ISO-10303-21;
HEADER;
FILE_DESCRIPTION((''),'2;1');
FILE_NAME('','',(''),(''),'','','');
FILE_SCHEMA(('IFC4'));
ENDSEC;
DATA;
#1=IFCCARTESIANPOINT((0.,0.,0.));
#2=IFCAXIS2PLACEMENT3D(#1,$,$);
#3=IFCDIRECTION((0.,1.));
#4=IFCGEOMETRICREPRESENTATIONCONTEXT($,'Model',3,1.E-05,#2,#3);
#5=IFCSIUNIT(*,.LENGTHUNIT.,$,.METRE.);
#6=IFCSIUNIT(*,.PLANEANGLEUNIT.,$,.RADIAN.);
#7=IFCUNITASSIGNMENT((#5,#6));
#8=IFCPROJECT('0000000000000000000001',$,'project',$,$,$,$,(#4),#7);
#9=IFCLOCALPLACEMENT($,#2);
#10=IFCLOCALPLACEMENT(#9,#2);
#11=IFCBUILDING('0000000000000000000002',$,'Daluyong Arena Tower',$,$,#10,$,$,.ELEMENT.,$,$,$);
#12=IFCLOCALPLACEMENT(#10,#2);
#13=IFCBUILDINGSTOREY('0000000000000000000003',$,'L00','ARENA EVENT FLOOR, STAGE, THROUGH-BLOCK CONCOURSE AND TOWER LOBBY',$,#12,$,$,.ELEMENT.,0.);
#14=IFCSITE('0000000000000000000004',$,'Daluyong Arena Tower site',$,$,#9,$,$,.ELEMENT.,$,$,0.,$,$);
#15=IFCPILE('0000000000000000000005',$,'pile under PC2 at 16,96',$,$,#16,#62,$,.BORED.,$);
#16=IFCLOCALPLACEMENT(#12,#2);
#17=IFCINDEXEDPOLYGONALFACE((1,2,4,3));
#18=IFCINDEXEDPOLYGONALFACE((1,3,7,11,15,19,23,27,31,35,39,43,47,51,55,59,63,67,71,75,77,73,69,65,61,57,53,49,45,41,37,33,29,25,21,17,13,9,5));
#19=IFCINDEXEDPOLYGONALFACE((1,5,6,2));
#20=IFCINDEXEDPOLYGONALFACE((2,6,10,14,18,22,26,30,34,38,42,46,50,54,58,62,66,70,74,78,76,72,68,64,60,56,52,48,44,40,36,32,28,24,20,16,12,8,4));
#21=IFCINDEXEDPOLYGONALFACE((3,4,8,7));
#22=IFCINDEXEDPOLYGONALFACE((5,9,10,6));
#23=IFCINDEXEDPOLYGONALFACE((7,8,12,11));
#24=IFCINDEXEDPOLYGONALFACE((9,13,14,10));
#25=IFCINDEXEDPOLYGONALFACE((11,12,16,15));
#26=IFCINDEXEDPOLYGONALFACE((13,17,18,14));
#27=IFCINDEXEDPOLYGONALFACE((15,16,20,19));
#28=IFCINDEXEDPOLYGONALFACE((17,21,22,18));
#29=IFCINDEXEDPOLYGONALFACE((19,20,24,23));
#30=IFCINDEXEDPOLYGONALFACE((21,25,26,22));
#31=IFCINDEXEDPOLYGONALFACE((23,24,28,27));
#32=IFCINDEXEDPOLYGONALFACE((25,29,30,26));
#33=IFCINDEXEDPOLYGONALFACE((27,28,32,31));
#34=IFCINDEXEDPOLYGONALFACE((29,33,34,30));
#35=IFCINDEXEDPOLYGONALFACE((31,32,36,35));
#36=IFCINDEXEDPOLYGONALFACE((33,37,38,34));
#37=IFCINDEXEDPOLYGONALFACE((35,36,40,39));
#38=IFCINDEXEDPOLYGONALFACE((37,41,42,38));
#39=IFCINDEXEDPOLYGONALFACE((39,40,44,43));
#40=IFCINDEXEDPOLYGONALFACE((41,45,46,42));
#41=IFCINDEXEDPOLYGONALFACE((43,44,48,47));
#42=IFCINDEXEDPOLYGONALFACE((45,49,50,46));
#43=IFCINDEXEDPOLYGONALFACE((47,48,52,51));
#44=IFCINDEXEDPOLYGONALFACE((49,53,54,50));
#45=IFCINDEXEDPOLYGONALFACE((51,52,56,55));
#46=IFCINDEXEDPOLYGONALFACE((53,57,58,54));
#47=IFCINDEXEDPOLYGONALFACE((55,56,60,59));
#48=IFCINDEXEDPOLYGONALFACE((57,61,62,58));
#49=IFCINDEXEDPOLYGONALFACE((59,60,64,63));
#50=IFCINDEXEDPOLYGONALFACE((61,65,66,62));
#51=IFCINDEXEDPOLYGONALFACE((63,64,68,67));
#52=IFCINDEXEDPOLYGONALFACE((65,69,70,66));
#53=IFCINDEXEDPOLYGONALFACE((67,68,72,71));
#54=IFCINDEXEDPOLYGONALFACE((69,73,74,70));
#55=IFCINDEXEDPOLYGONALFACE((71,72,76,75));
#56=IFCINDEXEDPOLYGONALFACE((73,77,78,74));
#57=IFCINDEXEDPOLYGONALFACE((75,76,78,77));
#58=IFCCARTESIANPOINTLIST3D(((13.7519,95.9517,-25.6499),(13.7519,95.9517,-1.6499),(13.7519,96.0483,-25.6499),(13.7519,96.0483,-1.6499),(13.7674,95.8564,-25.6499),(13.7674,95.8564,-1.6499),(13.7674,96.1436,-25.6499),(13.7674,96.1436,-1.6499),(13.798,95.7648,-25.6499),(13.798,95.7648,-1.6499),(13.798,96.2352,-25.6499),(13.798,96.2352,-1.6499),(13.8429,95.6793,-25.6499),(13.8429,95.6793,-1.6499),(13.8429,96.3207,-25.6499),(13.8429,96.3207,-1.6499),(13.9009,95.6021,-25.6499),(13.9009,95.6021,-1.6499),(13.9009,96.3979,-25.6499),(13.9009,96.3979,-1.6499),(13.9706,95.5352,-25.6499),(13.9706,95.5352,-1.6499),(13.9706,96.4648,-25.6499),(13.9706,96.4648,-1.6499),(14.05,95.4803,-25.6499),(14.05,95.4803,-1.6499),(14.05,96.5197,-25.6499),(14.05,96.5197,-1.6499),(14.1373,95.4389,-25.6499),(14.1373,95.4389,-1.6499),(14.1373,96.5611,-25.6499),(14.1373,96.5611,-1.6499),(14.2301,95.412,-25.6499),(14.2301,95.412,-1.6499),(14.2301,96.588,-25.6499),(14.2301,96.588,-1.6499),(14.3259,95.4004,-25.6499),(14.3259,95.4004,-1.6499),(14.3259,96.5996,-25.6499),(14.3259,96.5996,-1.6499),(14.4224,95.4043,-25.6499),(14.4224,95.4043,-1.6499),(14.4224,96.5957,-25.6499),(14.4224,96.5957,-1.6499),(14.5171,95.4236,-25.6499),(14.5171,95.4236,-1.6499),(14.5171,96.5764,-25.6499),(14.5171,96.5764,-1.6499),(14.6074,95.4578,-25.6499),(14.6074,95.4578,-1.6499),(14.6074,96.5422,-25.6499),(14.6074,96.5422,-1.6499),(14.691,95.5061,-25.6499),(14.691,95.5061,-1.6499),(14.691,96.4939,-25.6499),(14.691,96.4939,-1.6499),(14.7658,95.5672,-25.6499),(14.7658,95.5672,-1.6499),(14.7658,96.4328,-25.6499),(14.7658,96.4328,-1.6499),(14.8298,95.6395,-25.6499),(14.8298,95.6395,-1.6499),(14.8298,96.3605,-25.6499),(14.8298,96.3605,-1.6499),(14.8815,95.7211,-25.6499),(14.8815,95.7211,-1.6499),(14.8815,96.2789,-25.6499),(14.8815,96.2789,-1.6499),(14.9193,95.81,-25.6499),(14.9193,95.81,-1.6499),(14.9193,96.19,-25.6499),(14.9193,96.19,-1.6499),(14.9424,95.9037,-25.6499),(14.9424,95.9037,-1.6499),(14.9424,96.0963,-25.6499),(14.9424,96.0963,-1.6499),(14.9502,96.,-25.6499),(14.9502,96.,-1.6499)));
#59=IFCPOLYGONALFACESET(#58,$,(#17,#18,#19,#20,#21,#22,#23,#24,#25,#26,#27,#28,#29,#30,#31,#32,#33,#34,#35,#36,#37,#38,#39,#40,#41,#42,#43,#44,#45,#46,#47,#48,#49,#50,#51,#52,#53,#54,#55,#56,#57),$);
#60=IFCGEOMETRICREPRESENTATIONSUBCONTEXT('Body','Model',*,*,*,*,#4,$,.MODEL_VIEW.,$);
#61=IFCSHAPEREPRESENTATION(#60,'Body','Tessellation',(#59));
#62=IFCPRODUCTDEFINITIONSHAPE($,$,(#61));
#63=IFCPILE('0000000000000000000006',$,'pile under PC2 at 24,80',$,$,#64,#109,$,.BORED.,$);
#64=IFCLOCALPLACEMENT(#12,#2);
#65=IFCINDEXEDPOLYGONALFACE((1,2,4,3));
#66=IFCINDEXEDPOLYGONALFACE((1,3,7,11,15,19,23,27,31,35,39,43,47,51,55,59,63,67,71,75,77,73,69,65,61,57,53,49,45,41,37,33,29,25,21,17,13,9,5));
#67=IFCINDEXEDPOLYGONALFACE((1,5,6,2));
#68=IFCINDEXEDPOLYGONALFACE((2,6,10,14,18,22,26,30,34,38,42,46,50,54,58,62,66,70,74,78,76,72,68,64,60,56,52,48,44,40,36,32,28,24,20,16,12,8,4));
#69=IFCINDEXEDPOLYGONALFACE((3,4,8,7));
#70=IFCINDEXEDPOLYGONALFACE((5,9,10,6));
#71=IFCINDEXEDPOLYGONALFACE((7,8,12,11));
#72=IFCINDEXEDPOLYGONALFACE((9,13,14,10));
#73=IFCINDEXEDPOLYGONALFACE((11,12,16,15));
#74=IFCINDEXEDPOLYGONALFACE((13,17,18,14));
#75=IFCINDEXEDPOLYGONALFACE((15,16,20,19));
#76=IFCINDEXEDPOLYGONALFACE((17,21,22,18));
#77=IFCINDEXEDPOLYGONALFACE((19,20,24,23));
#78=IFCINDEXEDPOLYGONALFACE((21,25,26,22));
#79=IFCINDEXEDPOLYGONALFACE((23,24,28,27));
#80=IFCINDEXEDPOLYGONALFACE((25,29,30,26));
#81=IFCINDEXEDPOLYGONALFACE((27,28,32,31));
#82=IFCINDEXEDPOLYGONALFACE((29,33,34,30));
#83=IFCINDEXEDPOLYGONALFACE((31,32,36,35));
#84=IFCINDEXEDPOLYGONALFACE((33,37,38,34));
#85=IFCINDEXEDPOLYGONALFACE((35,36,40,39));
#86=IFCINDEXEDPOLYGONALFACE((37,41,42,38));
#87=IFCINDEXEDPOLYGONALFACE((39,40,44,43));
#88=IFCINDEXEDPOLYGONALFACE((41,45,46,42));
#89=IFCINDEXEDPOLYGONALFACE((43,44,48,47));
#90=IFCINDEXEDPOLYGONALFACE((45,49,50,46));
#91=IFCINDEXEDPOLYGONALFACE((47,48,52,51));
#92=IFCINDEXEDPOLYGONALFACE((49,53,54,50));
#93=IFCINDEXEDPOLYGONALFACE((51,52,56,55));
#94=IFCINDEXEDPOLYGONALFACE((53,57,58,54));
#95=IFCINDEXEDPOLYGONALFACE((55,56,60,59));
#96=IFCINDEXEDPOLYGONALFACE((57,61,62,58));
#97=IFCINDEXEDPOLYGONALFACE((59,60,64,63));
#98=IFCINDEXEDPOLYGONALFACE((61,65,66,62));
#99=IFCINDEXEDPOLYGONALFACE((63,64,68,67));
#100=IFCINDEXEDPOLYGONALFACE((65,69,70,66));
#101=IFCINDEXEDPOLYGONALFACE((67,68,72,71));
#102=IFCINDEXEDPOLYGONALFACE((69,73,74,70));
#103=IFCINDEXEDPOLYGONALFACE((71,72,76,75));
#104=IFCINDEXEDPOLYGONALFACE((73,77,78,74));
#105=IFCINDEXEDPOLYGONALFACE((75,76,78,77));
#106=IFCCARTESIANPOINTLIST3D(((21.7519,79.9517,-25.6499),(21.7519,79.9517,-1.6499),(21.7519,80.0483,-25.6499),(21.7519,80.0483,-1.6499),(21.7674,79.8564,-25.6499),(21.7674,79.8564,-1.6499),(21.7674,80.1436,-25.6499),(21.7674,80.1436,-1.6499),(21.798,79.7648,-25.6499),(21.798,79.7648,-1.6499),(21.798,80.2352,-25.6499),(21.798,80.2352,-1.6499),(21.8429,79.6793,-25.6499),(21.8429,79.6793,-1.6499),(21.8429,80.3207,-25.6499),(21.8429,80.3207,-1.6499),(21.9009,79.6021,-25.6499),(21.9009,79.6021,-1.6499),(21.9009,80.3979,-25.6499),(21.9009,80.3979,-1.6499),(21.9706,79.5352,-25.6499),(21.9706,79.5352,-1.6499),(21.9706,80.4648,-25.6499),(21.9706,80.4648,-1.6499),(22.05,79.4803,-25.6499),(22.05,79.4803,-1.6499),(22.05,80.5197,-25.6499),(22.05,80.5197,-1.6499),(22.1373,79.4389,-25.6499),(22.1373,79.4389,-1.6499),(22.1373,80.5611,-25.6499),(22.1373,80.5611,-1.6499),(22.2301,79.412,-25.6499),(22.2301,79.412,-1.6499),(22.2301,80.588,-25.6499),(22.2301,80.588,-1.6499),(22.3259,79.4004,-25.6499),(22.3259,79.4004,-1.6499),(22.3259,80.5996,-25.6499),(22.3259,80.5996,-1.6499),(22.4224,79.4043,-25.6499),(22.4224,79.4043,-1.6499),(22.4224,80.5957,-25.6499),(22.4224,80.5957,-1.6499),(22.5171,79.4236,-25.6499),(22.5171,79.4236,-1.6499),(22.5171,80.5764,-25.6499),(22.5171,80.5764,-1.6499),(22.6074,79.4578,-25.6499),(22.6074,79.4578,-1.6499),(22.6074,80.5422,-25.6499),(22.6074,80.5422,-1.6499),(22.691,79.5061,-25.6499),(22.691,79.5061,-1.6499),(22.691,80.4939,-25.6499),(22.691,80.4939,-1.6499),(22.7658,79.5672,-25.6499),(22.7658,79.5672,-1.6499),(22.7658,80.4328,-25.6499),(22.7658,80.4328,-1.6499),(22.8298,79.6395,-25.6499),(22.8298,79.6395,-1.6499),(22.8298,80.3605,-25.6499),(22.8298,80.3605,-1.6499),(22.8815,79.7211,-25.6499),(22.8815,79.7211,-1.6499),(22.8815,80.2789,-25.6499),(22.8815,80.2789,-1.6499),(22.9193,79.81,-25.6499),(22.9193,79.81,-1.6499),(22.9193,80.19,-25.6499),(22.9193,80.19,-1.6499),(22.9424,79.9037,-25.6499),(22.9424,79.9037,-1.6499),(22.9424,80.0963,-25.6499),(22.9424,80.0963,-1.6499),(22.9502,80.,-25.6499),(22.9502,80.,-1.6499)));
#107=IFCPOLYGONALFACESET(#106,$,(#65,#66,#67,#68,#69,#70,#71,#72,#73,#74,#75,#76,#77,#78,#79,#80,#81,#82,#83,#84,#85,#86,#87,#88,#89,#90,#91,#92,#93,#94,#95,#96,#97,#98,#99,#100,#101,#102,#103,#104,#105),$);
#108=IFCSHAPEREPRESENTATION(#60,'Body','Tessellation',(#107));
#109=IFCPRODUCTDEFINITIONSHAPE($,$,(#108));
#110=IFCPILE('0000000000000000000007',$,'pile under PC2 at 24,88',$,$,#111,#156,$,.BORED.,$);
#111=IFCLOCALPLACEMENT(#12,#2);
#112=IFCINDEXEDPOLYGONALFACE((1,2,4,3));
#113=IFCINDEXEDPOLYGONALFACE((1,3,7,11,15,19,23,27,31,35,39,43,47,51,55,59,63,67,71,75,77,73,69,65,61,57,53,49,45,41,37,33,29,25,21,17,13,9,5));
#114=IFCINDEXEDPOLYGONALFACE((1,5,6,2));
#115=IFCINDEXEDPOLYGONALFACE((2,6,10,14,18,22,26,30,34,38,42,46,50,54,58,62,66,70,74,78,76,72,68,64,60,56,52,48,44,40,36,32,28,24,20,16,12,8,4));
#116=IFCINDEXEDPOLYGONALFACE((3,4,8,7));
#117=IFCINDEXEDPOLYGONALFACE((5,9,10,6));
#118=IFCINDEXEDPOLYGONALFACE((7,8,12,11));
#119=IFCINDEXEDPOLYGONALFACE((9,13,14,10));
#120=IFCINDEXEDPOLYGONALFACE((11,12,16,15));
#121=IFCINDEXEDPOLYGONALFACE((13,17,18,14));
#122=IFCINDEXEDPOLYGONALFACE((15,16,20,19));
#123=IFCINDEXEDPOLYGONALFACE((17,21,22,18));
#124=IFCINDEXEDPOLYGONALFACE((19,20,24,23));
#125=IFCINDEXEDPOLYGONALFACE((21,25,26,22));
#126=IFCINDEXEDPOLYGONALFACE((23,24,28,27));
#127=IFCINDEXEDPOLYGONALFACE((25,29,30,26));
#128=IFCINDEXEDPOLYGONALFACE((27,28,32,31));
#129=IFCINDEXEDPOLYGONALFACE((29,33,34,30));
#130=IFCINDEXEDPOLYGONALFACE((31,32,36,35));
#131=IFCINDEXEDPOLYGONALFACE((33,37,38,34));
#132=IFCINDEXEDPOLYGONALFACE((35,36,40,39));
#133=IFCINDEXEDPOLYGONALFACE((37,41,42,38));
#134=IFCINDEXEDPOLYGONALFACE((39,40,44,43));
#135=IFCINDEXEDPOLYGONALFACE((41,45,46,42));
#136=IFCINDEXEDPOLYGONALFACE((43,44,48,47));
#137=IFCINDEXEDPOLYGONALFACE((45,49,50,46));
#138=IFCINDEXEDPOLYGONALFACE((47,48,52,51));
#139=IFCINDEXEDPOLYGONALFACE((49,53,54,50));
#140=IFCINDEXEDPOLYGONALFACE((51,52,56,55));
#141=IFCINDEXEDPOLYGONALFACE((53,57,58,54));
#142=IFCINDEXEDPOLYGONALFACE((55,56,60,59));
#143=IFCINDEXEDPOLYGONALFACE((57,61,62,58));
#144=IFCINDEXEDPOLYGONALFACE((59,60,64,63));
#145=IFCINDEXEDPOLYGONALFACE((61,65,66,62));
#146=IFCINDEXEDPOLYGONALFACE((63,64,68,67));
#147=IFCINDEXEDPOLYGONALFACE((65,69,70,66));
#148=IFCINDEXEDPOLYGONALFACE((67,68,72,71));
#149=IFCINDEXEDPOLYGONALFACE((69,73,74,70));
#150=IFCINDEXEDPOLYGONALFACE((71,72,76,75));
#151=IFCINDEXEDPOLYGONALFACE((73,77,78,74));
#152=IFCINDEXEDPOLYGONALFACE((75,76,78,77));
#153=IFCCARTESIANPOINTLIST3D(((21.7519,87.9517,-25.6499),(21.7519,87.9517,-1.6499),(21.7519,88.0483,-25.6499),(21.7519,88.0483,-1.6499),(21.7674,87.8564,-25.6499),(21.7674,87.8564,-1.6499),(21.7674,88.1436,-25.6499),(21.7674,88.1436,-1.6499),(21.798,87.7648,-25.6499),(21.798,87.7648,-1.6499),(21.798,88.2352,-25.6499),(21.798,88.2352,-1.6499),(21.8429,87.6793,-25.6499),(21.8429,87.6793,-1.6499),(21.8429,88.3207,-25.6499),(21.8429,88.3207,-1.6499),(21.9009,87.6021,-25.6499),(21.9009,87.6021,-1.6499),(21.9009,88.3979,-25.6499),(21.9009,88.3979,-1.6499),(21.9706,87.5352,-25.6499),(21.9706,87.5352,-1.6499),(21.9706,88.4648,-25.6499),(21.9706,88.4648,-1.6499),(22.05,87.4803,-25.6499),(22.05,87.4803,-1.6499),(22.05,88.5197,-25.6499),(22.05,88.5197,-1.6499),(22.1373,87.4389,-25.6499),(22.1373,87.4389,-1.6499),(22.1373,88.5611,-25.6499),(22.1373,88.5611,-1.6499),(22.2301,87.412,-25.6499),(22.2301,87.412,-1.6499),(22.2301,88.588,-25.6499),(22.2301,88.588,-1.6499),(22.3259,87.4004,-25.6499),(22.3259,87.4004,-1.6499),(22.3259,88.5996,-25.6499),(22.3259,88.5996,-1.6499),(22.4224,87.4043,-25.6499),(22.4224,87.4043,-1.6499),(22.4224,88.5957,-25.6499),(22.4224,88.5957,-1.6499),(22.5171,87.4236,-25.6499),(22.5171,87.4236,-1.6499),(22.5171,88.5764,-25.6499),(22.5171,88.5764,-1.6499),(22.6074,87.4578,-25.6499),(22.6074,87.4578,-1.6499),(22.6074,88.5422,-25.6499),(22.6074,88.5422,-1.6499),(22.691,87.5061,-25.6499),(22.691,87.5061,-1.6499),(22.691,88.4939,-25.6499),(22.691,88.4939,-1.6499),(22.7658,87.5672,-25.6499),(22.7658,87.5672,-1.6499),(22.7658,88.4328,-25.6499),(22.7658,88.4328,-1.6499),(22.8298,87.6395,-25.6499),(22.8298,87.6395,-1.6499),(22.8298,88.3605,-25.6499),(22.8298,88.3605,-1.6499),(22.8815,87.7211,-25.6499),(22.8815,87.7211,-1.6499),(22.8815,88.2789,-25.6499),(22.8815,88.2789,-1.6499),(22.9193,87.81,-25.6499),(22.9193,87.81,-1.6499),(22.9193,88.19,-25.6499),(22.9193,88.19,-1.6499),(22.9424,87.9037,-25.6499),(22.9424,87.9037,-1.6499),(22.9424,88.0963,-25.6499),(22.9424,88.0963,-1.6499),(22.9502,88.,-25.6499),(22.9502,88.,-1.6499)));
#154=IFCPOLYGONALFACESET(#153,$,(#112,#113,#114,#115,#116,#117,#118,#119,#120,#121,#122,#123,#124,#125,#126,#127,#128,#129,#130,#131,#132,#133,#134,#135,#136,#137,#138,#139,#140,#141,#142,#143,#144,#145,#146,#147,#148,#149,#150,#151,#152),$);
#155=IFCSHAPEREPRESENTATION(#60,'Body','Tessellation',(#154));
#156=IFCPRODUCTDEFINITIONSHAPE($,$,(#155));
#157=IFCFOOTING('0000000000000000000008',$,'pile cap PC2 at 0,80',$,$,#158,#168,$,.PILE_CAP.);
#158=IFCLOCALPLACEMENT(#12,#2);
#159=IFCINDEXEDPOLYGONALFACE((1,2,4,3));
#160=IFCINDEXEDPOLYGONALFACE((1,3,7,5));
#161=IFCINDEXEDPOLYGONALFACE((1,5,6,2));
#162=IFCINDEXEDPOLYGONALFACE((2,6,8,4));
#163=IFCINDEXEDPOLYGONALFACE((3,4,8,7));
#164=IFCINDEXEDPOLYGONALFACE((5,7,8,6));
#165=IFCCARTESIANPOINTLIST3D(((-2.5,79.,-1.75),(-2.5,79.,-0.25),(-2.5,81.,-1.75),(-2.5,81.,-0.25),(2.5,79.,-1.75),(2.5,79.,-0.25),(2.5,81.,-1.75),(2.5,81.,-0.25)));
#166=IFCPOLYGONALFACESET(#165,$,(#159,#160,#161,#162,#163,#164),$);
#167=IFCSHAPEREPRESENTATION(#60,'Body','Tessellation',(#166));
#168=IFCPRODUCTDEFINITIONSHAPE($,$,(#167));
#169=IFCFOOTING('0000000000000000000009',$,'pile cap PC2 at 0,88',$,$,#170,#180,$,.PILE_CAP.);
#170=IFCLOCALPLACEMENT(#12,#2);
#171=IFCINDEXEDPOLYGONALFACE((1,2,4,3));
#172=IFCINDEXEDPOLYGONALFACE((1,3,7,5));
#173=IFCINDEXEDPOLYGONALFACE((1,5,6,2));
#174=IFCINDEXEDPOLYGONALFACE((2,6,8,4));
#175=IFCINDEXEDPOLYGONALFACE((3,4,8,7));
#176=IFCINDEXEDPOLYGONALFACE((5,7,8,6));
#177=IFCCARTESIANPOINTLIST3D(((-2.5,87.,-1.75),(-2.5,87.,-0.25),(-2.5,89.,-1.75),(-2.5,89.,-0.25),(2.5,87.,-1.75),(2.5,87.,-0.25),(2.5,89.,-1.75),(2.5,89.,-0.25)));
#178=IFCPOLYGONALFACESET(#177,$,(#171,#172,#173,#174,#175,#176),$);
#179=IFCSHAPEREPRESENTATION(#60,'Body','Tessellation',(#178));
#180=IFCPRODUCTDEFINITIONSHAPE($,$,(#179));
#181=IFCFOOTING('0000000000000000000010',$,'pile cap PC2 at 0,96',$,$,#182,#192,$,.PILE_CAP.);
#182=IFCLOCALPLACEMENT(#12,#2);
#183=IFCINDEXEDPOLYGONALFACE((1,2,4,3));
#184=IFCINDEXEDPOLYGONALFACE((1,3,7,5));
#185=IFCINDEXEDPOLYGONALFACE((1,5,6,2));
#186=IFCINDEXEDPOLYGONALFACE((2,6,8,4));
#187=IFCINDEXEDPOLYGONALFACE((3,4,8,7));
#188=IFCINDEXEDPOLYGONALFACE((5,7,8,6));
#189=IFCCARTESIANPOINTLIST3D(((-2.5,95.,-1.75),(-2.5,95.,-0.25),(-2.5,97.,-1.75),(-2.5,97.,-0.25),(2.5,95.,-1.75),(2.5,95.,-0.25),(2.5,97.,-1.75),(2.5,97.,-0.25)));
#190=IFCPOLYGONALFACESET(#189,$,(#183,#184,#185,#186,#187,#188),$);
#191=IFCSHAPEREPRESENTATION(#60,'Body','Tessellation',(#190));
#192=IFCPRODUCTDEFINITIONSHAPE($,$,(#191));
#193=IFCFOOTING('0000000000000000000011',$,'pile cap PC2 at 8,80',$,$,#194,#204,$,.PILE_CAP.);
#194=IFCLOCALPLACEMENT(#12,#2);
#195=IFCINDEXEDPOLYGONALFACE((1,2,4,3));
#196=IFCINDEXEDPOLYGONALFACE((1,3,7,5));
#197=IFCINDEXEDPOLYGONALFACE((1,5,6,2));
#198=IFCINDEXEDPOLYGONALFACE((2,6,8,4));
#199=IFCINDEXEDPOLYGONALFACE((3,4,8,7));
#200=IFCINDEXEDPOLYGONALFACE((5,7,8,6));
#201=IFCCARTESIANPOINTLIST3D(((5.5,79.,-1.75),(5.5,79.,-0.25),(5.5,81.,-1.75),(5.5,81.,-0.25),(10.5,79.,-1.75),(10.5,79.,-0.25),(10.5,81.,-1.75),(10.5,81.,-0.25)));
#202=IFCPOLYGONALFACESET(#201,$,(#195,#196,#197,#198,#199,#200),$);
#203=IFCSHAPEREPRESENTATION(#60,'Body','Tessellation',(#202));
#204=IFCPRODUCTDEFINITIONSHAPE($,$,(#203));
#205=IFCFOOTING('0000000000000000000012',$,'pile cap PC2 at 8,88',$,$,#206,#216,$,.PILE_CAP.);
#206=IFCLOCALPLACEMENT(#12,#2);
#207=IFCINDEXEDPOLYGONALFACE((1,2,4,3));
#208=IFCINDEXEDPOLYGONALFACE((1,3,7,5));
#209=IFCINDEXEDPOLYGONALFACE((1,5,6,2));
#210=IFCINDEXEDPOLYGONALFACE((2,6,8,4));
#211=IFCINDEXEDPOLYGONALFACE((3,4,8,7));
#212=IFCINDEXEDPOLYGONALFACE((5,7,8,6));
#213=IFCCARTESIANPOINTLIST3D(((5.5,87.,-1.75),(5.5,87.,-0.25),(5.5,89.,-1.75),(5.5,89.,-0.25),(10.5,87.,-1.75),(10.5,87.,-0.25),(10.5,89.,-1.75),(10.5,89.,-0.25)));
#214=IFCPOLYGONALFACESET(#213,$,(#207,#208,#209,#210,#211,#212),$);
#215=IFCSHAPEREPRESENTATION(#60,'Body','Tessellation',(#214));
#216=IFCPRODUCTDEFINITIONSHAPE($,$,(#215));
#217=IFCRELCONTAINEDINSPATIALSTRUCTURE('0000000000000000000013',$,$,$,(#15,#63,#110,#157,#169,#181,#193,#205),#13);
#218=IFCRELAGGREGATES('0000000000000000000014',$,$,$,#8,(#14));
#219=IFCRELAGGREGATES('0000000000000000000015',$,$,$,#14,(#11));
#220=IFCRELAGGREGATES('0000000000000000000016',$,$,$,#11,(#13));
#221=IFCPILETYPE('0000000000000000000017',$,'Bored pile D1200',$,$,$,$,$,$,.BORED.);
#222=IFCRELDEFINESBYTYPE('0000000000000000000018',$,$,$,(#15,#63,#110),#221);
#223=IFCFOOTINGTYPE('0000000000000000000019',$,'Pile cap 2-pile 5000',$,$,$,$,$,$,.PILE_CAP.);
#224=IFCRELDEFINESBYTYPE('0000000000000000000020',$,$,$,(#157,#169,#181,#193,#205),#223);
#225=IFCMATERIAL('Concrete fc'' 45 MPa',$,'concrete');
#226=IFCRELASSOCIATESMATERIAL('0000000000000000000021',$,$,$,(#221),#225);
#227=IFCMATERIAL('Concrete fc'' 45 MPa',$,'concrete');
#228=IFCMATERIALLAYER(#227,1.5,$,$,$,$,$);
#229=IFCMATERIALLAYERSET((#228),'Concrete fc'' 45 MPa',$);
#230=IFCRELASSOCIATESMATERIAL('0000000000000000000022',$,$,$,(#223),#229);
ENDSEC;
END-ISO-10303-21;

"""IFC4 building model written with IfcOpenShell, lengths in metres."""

from ifc_helpers import new_model, si_unit, direction, frame, origin, origin_2d, place, context, subcontext, project, spatial, rectangle, circle, extrude, material, layer, layer_set, type_object, element, save


model = new_model("IFC4")

# Units and contexts
model_context = context("Model", 3, precision=1e-05, world=origin(), true_north=direction((0.0, 1.0)))
body_context = subcontext(model_context, "Body", "Model", "MODEL_VIEW")
ifc_project = project(units=[si_unit("LENGTHUNIT", "METRE"), si_unit("PLANEANGLEUNIT", "RADIAN")], contexts=[model_context])

# Site, building, storey
site_placement = place(None, origin())
site = spatial("IfcSite", under=ifc_project, at=site_placement, Name="Daluyong Arena Tower site", CompositionType="ELEMENT", RefElevation=0.0)
building_placement = place(site_placement, origin())
building = spatial("IfcBuilding", under=site, at=building_placement, Name="Daluyong Arena Tower", CompositionType="ELEMENT")
storey_placement = place(building_placement, origin())
storey = spatial("IfcBuildingStorey", under=building, at=storey_placement, Name="L00", Description="ARENA EVENT FLOOR, STAGE, THROUGH-BLOCK CONCOURSE AND TOWER LOBBY", CompositionType="ELEMENT", Elevation=0.0)

# Piles
ifc_material_1 = material(Name="Concrete fc' 45 MPa", Category="concrete")
pile_type = type_object("IfcPileType", Name="Bored pile D1200", PredefinedType="BORED", material=ifc_material_1)
for number, where, z_axis, x_axis, name in (
    (1, (14.3501, 96.0, -1.6499), (0.0, 0.0, -1.0), (1.0, 0.0, 0.0), "pile under PC2 at 16,96"),
    (2, (22.3501, 80.0, -1.6499), (0.0, 0.0, -1.0), (1.0, 0.0, 0.0), "pile under PC2 at 24,80"),
    (3, (22.3501, 88.0, -1.6499), (0.0, 0.0, -1.0), (1.0, 0.0, 0.0), "pile under PC2 at 24,88"),
):
    element("IfcPile", number, at=place(storey_placement, frame(where, z_axis=z_axis, x_axis=x_axis)), inside=storey, type_object=pile_type, Name=name, PredefinedType="BORED", context=body_context, shape_type="SweptSolid", body=[
        extrude(circle(Radius=0.6001, at=origin_2d()), origin(), (0.0, 0.0, 1.0), 24.0),
    ])

# Footings
ifc_material_2 = material(Name="Concrete fc' 45 MPa", Category="concrete")
ifc_layer_1 = layer(ifc_material_2, 1.5)
ifc_layer_set_1 = layer_set([ifc_layer_1], Name="Concrete fc' 45 MPa")
footing_type = type_object("IfcFootingType", Name="Pile cap 2-pile 5000", PredefinedType="PILE_CAP", material=ifc_layer_set_1)
for number, where, z_axis, x_axis, name in (
    (4, (0.0, 80.0, -1.75), (0.0, 0.0, 1.0), (1.0, 0.0, 0.0), "pile cap PC2 at 0,80"),
    (5, (0.0, 88.0, -1.75), (0.0, 0.0, 1.0), (1.0, 0.0, 0.0), "pile cap PC2 at 0,88"),
    (6, (0.0, 96.0, -1.75), (0.0, 0.0, 1.0), (1.0, 0.0, 0.0), "pile cap PC2 at 0,96"),
    (7, (8.0, 80.0, -1.75), (0.0, 0.0, 1.0), (1.0, 0.0, 0.0), "pile cap PC2 at 8,80"),
    (8, (8.0, 88.0, -1.75), (0.0, 0.0, 1.0), (1.0, 0.0, 0.0), "pile cap PC2 at 8,88"),
):
    element("IfcFooting", number, at=place(storey_placement, frame(where, z_axis=z_axis, x_axis=x_axis)), inside=storey, type_object=footing_type, Name=name, PredefinedType="PILE_CAP", context=body_context, shape_type="SweptSolid", body=[
        extrude(rectangle(XDim=5.0, YDim=2.0, at=origin_2d()), origin(), (0.0, 0.0, 1.0), 1.5),
    ])

save(model, "model.ifc")
